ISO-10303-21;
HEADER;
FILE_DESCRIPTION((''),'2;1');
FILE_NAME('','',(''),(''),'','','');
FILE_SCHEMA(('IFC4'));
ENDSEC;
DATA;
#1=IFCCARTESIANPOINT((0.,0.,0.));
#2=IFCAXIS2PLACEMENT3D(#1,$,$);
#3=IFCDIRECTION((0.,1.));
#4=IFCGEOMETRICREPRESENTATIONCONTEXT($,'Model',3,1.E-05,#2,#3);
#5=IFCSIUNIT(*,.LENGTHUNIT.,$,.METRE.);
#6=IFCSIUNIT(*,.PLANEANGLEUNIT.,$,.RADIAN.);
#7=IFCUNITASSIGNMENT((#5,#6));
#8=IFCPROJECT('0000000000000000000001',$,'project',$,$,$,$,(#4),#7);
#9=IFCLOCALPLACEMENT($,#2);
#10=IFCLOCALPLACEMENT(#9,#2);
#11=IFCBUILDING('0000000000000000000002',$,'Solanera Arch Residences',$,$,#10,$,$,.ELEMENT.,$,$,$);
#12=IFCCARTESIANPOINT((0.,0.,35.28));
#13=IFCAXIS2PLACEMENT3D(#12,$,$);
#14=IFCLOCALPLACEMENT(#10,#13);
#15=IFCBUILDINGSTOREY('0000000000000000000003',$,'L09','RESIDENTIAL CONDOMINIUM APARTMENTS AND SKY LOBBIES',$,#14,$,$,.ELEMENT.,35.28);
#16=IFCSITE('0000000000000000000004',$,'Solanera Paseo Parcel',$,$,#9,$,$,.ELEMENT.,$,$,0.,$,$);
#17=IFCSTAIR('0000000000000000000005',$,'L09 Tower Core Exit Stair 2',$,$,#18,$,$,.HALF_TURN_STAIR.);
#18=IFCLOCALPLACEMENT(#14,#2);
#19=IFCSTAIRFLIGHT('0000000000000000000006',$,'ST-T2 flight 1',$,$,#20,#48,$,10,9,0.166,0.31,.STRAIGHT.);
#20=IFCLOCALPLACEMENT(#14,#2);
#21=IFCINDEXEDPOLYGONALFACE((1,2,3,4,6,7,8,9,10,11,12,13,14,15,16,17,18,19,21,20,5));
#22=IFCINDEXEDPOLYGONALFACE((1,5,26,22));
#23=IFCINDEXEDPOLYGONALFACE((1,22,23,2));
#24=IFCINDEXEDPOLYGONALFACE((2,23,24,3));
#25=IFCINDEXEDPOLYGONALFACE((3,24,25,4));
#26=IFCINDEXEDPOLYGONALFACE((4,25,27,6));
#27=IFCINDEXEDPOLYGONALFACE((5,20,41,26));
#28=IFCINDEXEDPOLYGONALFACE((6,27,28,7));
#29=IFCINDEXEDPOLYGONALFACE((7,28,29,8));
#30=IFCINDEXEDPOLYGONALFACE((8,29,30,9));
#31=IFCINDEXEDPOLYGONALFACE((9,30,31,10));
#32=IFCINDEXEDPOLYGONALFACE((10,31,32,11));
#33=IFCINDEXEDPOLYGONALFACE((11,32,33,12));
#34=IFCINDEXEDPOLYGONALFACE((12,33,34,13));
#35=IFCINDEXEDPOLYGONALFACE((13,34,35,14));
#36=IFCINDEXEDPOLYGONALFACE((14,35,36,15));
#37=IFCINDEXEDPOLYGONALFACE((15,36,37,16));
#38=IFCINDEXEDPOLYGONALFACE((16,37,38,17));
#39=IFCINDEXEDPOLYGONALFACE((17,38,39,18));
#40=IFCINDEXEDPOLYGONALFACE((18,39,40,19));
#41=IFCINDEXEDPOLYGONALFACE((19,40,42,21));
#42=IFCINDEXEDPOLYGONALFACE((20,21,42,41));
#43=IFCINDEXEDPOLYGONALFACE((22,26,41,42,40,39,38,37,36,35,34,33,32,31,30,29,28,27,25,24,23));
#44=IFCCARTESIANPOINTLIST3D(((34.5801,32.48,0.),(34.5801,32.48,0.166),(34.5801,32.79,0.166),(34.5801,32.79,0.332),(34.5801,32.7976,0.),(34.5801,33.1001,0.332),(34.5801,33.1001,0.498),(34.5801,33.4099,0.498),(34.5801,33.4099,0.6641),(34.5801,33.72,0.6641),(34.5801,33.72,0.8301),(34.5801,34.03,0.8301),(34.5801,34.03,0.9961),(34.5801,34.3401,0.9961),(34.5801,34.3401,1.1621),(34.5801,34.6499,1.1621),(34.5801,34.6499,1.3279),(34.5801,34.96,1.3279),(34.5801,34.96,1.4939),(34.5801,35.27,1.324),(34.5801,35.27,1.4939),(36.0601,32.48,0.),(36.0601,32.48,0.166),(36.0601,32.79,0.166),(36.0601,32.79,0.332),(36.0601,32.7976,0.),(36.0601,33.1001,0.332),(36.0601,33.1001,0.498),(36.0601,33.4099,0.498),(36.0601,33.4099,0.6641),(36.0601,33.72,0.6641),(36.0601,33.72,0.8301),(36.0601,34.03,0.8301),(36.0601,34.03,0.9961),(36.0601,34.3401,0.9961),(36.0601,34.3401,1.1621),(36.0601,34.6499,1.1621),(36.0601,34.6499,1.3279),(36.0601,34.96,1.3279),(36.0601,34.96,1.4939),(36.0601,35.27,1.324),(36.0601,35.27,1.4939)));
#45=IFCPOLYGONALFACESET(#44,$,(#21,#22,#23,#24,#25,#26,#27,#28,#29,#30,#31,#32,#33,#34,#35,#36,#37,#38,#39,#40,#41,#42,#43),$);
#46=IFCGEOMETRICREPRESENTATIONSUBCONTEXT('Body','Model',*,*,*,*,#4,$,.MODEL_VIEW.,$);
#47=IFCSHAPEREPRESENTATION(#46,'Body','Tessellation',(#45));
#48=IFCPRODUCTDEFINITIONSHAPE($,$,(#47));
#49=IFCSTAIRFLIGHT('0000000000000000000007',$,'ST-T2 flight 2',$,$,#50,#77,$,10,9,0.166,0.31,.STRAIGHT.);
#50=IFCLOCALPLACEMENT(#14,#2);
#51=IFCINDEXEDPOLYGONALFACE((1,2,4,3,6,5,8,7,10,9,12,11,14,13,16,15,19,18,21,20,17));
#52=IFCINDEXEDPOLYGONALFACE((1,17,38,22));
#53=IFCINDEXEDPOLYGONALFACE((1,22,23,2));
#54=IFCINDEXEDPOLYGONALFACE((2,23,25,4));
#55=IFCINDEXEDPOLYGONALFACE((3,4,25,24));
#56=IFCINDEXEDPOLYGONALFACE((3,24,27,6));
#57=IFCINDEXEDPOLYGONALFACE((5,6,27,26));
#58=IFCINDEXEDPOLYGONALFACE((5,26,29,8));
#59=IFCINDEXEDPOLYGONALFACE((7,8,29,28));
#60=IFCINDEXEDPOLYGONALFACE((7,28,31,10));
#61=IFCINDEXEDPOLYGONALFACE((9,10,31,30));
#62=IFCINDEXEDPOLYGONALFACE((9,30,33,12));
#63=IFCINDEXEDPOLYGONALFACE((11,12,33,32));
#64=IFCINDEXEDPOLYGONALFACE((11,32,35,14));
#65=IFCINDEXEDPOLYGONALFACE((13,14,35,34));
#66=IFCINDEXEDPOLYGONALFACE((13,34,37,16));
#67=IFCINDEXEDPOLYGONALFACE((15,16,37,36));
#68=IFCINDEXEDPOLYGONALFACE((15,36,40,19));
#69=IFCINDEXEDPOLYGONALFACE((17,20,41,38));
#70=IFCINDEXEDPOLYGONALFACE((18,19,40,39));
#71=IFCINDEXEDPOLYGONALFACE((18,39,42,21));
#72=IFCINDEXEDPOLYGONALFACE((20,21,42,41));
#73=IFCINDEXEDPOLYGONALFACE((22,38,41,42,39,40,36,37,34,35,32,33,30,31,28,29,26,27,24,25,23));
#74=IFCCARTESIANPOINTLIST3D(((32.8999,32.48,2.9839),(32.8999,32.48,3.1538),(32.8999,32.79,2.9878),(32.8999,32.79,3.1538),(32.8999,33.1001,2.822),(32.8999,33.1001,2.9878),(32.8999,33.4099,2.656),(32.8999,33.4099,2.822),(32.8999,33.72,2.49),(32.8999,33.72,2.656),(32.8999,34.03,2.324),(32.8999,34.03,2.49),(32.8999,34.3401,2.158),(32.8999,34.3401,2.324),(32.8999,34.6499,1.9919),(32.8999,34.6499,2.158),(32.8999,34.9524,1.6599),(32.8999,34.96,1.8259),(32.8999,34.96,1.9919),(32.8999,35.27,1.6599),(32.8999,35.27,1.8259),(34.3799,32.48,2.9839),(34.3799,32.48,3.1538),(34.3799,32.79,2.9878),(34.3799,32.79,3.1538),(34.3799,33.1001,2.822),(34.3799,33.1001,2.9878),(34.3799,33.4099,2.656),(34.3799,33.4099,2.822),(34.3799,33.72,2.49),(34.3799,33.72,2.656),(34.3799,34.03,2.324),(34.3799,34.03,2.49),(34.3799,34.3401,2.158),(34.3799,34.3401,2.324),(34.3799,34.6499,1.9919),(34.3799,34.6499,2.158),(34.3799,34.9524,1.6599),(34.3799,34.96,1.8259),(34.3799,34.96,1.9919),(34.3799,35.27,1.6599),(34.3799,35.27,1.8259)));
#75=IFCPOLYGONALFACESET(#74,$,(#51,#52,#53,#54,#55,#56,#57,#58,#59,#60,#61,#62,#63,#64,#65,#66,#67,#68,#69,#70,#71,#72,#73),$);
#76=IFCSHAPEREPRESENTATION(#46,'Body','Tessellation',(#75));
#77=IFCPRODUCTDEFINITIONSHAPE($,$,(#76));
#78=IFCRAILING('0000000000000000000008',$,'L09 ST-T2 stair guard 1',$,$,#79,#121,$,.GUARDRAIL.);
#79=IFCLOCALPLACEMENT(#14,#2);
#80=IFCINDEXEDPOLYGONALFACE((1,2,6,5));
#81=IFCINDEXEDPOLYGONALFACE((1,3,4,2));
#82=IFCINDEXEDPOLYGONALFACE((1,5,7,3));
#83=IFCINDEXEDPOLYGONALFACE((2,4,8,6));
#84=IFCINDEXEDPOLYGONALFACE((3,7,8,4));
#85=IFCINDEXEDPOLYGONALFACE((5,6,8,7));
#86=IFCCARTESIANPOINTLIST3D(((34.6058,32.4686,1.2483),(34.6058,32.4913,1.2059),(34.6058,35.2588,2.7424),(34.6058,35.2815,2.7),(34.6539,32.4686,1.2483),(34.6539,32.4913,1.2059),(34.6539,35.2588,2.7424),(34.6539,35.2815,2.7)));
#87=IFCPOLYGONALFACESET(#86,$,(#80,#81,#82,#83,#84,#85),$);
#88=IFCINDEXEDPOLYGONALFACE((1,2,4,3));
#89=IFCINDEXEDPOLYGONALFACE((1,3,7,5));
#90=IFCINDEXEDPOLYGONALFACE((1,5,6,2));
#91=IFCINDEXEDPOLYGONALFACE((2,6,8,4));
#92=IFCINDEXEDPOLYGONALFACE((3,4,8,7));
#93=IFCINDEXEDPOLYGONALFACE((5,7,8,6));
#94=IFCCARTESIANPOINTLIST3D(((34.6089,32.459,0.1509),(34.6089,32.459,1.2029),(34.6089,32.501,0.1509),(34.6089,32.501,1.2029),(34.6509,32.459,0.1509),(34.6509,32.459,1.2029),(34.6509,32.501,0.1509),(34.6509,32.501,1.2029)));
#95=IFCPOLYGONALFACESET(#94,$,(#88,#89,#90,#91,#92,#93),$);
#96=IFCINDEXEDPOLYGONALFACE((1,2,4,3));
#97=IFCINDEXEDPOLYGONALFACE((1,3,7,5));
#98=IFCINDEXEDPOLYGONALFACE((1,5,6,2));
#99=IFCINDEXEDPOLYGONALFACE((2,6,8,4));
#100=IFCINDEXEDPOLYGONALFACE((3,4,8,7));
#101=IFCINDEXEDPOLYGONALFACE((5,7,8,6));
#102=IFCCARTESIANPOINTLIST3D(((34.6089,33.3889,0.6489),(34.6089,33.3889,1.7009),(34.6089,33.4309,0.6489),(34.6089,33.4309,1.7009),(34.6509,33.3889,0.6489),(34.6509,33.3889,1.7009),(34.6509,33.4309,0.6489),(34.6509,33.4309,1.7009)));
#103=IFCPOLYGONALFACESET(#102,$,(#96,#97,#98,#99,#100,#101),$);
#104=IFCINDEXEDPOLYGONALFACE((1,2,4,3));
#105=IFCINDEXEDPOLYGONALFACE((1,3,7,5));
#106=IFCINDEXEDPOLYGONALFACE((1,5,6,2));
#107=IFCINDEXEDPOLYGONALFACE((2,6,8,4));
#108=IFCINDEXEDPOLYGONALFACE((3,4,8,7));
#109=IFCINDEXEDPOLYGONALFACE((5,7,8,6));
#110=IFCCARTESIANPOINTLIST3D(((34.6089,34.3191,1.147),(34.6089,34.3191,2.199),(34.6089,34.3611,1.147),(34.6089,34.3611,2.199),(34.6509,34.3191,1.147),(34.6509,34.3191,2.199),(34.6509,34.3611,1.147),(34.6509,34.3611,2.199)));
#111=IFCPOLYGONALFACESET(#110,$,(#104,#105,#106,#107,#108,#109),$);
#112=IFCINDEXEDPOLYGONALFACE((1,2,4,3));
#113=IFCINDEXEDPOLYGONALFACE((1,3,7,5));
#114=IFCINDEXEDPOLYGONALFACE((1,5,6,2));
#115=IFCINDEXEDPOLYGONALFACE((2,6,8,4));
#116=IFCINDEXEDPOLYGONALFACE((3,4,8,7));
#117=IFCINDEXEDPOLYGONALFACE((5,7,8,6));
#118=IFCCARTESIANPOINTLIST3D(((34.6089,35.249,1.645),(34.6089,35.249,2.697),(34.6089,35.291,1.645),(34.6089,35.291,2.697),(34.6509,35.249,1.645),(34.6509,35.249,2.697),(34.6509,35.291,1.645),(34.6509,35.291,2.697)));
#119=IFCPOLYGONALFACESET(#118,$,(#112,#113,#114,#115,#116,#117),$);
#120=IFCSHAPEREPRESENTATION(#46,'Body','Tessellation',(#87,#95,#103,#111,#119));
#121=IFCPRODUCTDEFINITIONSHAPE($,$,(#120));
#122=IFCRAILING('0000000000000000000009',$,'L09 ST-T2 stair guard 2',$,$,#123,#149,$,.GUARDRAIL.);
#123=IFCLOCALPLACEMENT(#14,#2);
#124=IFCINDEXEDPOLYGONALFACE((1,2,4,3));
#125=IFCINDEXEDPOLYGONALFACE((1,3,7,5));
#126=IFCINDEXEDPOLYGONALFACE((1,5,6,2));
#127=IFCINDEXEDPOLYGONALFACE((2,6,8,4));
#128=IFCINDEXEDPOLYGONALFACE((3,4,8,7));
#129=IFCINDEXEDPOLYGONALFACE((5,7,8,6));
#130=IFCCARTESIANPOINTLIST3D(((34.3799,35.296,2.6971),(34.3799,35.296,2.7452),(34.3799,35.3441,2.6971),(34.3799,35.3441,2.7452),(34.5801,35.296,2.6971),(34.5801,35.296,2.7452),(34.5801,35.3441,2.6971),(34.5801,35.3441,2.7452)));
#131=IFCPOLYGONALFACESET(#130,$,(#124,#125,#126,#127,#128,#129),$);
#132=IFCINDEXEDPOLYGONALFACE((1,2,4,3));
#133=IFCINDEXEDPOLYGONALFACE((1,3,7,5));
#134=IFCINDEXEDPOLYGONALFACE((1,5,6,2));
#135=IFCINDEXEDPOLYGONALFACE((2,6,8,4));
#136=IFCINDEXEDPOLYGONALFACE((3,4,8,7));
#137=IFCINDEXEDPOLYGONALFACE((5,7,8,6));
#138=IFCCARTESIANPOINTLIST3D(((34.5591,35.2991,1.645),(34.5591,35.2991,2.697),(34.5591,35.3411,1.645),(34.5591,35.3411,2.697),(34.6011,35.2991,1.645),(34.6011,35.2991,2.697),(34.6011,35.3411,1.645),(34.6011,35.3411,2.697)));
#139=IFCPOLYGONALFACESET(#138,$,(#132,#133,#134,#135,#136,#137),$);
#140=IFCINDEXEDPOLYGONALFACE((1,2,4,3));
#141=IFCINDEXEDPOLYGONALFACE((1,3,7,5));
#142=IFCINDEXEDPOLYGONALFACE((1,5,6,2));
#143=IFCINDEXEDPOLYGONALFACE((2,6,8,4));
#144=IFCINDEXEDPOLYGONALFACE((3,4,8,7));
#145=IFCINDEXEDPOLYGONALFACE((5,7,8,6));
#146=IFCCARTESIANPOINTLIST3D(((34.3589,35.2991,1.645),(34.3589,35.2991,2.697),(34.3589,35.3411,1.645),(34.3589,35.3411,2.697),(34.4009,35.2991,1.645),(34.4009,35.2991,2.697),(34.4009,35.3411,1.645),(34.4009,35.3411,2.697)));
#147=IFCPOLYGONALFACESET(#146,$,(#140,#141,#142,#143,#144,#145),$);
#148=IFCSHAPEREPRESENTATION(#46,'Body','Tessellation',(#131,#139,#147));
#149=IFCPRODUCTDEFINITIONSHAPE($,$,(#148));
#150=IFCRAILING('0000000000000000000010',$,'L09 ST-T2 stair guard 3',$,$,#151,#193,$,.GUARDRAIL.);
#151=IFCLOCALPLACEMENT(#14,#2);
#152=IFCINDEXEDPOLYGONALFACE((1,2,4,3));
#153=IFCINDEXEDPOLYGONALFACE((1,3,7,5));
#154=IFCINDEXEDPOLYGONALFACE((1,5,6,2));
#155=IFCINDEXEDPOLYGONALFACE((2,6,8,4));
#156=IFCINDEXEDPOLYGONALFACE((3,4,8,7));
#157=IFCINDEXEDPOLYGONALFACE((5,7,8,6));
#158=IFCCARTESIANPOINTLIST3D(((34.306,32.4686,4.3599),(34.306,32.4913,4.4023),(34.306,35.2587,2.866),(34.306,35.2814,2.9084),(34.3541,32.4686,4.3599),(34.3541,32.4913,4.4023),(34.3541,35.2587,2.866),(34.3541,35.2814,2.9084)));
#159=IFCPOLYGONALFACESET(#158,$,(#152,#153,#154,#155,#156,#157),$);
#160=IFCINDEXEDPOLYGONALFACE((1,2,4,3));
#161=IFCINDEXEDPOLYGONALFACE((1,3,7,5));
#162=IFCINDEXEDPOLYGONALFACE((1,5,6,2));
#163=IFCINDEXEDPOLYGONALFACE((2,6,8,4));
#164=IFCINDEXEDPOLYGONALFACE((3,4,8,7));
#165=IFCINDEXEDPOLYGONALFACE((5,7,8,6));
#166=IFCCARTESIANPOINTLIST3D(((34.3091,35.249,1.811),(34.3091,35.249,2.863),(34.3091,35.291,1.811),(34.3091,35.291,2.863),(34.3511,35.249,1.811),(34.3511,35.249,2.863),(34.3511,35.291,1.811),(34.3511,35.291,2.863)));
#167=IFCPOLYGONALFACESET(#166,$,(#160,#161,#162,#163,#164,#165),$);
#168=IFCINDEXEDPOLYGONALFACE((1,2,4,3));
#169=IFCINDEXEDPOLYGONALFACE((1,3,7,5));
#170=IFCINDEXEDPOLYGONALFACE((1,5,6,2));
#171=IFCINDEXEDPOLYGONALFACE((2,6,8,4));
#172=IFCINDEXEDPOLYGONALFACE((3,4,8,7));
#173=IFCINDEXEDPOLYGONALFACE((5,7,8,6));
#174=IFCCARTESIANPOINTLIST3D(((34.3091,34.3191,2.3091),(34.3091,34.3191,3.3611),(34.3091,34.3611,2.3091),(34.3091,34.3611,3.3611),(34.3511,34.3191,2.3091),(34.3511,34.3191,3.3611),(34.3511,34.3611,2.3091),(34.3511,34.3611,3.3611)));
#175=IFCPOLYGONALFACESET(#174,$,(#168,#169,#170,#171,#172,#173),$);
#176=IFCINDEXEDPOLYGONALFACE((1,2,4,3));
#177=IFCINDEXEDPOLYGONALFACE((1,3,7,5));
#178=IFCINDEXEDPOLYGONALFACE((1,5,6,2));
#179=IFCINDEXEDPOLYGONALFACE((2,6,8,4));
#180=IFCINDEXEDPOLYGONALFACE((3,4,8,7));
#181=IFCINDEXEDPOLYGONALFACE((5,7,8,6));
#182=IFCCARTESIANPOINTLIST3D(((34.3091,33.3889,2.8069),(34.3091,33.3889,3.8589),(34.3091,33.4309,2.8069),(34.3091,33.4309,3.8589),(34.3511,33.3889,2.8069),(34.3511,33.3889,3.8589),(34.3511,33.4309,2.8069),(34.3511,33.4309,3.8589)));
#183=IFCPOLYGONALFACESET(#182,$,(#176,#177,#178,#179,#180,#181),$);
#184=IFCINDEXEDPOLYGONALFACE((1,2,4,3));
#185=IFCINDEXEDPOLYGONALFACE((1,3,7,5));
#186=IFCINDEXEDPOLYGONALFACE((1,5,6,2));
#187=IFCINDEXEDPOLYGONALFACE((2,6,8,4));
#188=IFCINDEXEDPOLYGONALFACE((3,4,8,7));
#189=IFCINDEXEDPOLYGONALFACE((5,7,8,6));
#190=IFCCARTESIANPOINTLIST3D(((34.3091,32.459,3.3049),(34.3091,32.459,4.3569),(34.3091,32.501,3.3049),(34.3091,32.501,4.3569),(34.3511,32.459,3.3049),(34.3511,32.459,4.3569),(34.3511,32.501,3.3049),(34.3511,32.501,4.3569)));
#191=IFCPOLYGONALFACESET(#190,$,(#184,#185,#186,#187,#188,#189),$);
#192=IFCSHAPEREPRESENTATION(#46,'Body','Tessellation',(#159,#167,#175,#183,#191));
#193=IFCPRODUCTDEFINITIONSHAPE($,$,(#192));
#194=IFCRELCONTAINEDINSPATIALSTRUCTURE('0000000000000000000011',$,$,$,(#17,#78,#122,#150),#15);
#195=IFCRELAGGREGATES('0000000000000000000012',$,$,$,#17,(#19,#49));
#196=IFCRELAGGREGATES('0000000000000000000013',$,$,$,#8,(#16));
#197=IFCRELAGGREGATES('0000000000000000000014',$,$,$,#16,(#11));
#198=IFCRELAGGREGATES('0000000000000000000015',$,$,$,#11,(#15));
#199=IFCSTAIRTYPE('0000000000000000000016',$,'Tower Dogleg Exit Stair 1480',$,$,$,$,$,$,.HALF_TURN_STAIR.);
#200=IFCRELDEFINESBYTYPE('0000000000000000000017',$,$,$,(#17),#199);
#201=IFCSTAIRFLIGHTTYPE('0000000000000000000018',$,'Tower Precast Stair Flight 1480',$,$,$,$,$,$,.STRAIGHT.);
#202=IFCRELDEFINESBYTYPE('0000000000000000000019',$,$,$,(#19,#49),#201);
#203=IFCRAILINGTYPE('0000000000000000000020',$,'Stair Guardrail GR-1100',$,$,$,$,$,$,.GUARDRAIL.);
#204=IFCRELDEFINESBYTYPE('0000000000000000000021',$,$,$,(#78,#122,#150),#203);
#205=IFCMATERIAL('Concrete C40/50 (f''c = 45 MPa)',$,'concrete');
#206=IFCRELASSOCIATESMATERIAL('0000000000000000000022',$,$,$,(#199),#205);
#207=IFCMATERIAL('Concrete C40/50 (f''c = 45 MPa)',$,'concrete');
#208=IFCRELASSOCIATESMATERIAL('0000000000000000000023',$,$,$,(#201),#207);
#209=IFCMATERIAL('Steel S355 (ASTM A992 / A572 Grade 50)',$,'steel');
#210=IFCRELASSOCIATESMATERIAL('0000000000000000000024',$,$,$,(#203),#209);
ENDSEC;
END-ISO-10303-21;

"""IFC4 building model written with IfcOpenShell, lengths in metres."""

from ifc_helpers import new_model, si_unit, direction, frame, origin, origin_2d, place, context, subcontext, project, spatial, polyline, rectangle, outline, extrude, material, type_object, element, aggregate, save


model = new_model("IFC4")

# Units and contexts
model_context = context("Model", 3, precision=1e-05, world=origin(), true_north=direction((0.0, 1.0)))
body_context = subcontext(model_context, "Body", "Model", "MODEL_VIEW")
ifc_project = project(units=[si_unit("LENGTHUNIT", "METRE"), si_unit("PLANEANGLEUNIT", "RADIAN")], contexts=[model_context])

# Site, building, storey
site_placement = place(None, origin())
site = spatial("IfcSite", under=ifc_project, at=site_placement, Name="Solanera Paseo Parcel", CompositionType="ELEMENT", RefElevation=0.0)
building_placement = place(site_placement, origin())
building = spatial("IfcBuilding", under=site, at=building_placement, Name="Solanera Arch Residences", CompositionType="ELEMENT")
storey_placement = place(building_placement, frame((0.0, 0.0, 35.28)))
storey = spatial("IfcBuildingStorey", under=building, at=storey_placement, Name="L09", Description="RESIDENTIAL CONDOMINIUM APARTMENTS AND SKY LOBBIES", CompositionType="ELEMENT", Elevation=35.28)

# Stair, stair flights
ifc_material_1 = material(Name="Concrete C40/50 (f'c = 45 MPa)", Category="concrete")
stair_type = type_object("IfcStairType", Name="Tower Dogleg Exit Stair 1480", PredefinedType="HALF_TURN_STAIR", material=ifc_material_1)
stair_placement = place(storey_placement, origin())
stair = element("IfcStair", 1, at=stair_placement, inside=storey, type_object=stair_type, Name="L09 Tower Core Exit Stair 2", PredefinedType="HALF_TURN_STAIR")
ifc_material_2 = material(Name="Concrete C40/50 (f'c = 45 MPa)", Category="concrete")
stair_flight_type = type_object("IfcStairFlightType", Name="Tower Precast Stair Flight 1480", PredefinedType="STRAIGHT", material=ifc_material_2)
stair_flight_1_placement = place(storey_placement, frame((35.3201, 32.48, 0.0), z_axis=(0.0, 0.0, 1.0), x_axis=(0.0, 1.0, 0.0)))
stair_flight_1 = element("IfcStairFlight", 2, at=stair_flight_1_placement, type_object=stair_flight_type, Name="ST-T2 flight 1", NumberOfRisers=10, NumberOfTreads=9, PredefinedType="STRAIGHT", RiserHeight=0.166, TreadLength=0.31, context=body_context, shape_type="SweptSolid", body=[
    extrude(outline(polyline([(0.0, 0.0), (0.0, 0.166), (0.3101, 0.166), (0.3101, 0.332), (0.6201, 0.332), (0.6201, 0.498), (0.9299, 0.498), (0.9299, 0.6641), (1.24, 0.6641), (1.24, 0.8301), (1.55, 0.8301), (1.55, 0.9961), (1.8601, 0.9961), (1.8601, 1.1621), (2.1699, 1.1621), (2.1699, 1.3279), (2.48, 1.3279), (2.48, 1.4939), (2.79, 1.4939), (2.79, 1.6599), (2.79, 1.324), (0.3176, 0.0), (0.0, 0.0)])), frame((0.0, 0.74, 0.0), z_axis=(0.0, -1.0, 0.0), x_axis=(1.0, 0.0, 0.0)), (0.0, 0.0, 1.0), 1.48),
])
stair_flight_2_placement = place(storey_placement, frame((33.6399, 35.27, 1.6599), z_axis=(0.0, 0.0, 1.0), x_axis=(0.0, -1.0, 0.0)))
stair_flight_2 = element("IfcStairFlight", 3, at=stair_flight_2_placement, type_object=stair_flight_type, Name="ST-T2 flight 2", NumberOfRisers=10, NumberOfTreads=9, PredefinedType="STRAIGHT", RiserHeight=0.166, TreadLength=0.31, context=body_context, shape_type="SweptSolid", body=[
    extrude(outline(polyline([(0.0, 0.0), (0.0, 0.166), (0.3101, 0.166), (0.3101, 0.332), (0.6201, 0.332), (0.6201, 0.498), (0.9299, 0.498), (0.9299, 0.6641), (1.24, 0.6641), (1.24, 0.8301), (1.55, 0.8301), (1.55, 0.9961), (1.8601, 0.9961), (1.8601, 1.1621), (2.1699, 1.1621), (2.1699, 1.3279), (2.48, 1.3279), (2.48, 1.4939), (2.79, 1.4939), (2.79, 1.6599), (2.79, 1.324), (0.3176, 0.0), (0.0, 0.0)])), frame((0.0, 0.74, 0.0), z_axis=(0.0, -1.0, 0.0), x_axis=(1.0, 0.0, 0.0)), (0.0, 0.0, 1.0), 1.48),
])
aggregate(stair, [stair_flight_1, stair_flight_2])

# Railings
ifc_material_3 = material(Name="Steel S355 (ASTM A992 / A572 Grade 50)", Category="steel")
railing_type_1 = type_object("IfcRailingType", Name="Stair Guardrail GR-1100", PredefinedType="GUARDRAIL", material=ifc_material_3)
railing_1_placement = place(storey_placement, frame((34.6299, 32.48, 0.1509)))
element("IfcRailing", 4, at=railing_1_placement, inside=storey, type_object=railing_type_1, Name="L09 ST-T2 stair guard 1", PredefinedType="GUARDRAIL", context=body_context, shape_type="SweptSolid", body=[
    extrude(rectangle(XDim=0.0481, YDim=0.0481, at=origin_2d()), frame((0.0, 0.0, 1.0762), z_axis=(0.0, 0.881549, 0.472093), x_axis=(-1.0, 0.0, 0.0)), (0.0, 0.0, 1.0), 3.165),
    extrude(rectangle(XDim=0.042, YDim=0.042, at=origin_2d()), origin(), (0.0, 0.0, 1.0), 1.052),
    extrude(rectangle(XDim=0.042, YDim=0.042, at=origin_2d()), frame((0.0, 0.9299, 0.498)), (0.0, 0.0, 1.0), 1.052),
    extrude(rectangle(XDim=0.042, YDim=0.042, at=origin_2d()), frame((0.0, 1.8601, 0.9961)), (0.0, 0.0, 1.0), 1.052),
    extrude(rectangle(XDim=0.042, YDim=0.042, at=origin_2d()), frame((0.0, 2.79, 1.4941)), (0.0, 0.0, 1.0), 1.052),
])
railing_2_placement = place(storey_placement, frame((34.5801, 35.3201, 1.645)))
element("IfcRailing", 5, at=railing_2_placement, inside=storey, type_object=railing_type_1, Name="L09 ST-T2 stair guard 2", PredefinedType="GUARDRAIL", context=body_context, shape_type="SweptSolid", body=[
    extrude(rectangle(XDim=0.0481, YDim=0.0481, at=origin_2d()), frame((0.0, 0.0, 1.0762), z_axis=(-1.0, 0.0, 0.0), x_axis=(0.0, -1.0, 0.0)), (0.0, 0.0, 1.0), 0.2002),
    extrude(rectangle(XDim=0.042, YDim=0.042, at=origin_2d()), origin(), (0.0, 0.0, 1.0), 1.052),
    extrude(rectangle(XDim=0.042, YDim=0.042, at=origin_2d()), frame((-0.2002, 0.0, 0.0)), (0.0, 0.0, 1.0), 1.052),
])
railing_3_placement = place(storey_placement, frame((34.3301, 35.27, 1.811)))
element("IfcRailing", 6, at=railing_3_placement, inside=storey, type_object=railing_type_1, Name="L09 ST-T2 stair guard 3", PredefinedType="GUARDRAIL", context=body_context, shape_type="SweptSolid", body=[
    extrude(rectangle(XDim=0.0481, YDim=0.0481, at=origin_2d()), frame((0.0, 0.0, 1.0762), z_axis=(0.0, -0.881581, 0.472033), x_axis=(1.0, 0.0, 0.0)), (0.0, 0.0, 1.0), 3.1648),
    extrude(rectangle(XDim=0.042, YDim=0.042, at=origin_2d()), origin(), (0.0, 0.0, 1.0), 1.052),
    extrude(rectangle(XDim=0.042, YDim=0.042, at=origin_2d()), frame((0.0, -0.9299, 0.498)), (0.0, 0.0, 1.0), 1.052),
    extrude(rectangle(XDim=0.042, YDim=0.042, at=origin_2d()), frame((0.0, -1.8601, 0.9958)), (0.0, 0.0, 1.0), 1.052),
    extrude(rectangle(XDim=0.042, YDim=0.042, at=origin_2d()), frame((0.0, -2.79, 1.4939)), (0.0, 0.0, 1.0), 1.052),
])

save(model, "model.ifc")
